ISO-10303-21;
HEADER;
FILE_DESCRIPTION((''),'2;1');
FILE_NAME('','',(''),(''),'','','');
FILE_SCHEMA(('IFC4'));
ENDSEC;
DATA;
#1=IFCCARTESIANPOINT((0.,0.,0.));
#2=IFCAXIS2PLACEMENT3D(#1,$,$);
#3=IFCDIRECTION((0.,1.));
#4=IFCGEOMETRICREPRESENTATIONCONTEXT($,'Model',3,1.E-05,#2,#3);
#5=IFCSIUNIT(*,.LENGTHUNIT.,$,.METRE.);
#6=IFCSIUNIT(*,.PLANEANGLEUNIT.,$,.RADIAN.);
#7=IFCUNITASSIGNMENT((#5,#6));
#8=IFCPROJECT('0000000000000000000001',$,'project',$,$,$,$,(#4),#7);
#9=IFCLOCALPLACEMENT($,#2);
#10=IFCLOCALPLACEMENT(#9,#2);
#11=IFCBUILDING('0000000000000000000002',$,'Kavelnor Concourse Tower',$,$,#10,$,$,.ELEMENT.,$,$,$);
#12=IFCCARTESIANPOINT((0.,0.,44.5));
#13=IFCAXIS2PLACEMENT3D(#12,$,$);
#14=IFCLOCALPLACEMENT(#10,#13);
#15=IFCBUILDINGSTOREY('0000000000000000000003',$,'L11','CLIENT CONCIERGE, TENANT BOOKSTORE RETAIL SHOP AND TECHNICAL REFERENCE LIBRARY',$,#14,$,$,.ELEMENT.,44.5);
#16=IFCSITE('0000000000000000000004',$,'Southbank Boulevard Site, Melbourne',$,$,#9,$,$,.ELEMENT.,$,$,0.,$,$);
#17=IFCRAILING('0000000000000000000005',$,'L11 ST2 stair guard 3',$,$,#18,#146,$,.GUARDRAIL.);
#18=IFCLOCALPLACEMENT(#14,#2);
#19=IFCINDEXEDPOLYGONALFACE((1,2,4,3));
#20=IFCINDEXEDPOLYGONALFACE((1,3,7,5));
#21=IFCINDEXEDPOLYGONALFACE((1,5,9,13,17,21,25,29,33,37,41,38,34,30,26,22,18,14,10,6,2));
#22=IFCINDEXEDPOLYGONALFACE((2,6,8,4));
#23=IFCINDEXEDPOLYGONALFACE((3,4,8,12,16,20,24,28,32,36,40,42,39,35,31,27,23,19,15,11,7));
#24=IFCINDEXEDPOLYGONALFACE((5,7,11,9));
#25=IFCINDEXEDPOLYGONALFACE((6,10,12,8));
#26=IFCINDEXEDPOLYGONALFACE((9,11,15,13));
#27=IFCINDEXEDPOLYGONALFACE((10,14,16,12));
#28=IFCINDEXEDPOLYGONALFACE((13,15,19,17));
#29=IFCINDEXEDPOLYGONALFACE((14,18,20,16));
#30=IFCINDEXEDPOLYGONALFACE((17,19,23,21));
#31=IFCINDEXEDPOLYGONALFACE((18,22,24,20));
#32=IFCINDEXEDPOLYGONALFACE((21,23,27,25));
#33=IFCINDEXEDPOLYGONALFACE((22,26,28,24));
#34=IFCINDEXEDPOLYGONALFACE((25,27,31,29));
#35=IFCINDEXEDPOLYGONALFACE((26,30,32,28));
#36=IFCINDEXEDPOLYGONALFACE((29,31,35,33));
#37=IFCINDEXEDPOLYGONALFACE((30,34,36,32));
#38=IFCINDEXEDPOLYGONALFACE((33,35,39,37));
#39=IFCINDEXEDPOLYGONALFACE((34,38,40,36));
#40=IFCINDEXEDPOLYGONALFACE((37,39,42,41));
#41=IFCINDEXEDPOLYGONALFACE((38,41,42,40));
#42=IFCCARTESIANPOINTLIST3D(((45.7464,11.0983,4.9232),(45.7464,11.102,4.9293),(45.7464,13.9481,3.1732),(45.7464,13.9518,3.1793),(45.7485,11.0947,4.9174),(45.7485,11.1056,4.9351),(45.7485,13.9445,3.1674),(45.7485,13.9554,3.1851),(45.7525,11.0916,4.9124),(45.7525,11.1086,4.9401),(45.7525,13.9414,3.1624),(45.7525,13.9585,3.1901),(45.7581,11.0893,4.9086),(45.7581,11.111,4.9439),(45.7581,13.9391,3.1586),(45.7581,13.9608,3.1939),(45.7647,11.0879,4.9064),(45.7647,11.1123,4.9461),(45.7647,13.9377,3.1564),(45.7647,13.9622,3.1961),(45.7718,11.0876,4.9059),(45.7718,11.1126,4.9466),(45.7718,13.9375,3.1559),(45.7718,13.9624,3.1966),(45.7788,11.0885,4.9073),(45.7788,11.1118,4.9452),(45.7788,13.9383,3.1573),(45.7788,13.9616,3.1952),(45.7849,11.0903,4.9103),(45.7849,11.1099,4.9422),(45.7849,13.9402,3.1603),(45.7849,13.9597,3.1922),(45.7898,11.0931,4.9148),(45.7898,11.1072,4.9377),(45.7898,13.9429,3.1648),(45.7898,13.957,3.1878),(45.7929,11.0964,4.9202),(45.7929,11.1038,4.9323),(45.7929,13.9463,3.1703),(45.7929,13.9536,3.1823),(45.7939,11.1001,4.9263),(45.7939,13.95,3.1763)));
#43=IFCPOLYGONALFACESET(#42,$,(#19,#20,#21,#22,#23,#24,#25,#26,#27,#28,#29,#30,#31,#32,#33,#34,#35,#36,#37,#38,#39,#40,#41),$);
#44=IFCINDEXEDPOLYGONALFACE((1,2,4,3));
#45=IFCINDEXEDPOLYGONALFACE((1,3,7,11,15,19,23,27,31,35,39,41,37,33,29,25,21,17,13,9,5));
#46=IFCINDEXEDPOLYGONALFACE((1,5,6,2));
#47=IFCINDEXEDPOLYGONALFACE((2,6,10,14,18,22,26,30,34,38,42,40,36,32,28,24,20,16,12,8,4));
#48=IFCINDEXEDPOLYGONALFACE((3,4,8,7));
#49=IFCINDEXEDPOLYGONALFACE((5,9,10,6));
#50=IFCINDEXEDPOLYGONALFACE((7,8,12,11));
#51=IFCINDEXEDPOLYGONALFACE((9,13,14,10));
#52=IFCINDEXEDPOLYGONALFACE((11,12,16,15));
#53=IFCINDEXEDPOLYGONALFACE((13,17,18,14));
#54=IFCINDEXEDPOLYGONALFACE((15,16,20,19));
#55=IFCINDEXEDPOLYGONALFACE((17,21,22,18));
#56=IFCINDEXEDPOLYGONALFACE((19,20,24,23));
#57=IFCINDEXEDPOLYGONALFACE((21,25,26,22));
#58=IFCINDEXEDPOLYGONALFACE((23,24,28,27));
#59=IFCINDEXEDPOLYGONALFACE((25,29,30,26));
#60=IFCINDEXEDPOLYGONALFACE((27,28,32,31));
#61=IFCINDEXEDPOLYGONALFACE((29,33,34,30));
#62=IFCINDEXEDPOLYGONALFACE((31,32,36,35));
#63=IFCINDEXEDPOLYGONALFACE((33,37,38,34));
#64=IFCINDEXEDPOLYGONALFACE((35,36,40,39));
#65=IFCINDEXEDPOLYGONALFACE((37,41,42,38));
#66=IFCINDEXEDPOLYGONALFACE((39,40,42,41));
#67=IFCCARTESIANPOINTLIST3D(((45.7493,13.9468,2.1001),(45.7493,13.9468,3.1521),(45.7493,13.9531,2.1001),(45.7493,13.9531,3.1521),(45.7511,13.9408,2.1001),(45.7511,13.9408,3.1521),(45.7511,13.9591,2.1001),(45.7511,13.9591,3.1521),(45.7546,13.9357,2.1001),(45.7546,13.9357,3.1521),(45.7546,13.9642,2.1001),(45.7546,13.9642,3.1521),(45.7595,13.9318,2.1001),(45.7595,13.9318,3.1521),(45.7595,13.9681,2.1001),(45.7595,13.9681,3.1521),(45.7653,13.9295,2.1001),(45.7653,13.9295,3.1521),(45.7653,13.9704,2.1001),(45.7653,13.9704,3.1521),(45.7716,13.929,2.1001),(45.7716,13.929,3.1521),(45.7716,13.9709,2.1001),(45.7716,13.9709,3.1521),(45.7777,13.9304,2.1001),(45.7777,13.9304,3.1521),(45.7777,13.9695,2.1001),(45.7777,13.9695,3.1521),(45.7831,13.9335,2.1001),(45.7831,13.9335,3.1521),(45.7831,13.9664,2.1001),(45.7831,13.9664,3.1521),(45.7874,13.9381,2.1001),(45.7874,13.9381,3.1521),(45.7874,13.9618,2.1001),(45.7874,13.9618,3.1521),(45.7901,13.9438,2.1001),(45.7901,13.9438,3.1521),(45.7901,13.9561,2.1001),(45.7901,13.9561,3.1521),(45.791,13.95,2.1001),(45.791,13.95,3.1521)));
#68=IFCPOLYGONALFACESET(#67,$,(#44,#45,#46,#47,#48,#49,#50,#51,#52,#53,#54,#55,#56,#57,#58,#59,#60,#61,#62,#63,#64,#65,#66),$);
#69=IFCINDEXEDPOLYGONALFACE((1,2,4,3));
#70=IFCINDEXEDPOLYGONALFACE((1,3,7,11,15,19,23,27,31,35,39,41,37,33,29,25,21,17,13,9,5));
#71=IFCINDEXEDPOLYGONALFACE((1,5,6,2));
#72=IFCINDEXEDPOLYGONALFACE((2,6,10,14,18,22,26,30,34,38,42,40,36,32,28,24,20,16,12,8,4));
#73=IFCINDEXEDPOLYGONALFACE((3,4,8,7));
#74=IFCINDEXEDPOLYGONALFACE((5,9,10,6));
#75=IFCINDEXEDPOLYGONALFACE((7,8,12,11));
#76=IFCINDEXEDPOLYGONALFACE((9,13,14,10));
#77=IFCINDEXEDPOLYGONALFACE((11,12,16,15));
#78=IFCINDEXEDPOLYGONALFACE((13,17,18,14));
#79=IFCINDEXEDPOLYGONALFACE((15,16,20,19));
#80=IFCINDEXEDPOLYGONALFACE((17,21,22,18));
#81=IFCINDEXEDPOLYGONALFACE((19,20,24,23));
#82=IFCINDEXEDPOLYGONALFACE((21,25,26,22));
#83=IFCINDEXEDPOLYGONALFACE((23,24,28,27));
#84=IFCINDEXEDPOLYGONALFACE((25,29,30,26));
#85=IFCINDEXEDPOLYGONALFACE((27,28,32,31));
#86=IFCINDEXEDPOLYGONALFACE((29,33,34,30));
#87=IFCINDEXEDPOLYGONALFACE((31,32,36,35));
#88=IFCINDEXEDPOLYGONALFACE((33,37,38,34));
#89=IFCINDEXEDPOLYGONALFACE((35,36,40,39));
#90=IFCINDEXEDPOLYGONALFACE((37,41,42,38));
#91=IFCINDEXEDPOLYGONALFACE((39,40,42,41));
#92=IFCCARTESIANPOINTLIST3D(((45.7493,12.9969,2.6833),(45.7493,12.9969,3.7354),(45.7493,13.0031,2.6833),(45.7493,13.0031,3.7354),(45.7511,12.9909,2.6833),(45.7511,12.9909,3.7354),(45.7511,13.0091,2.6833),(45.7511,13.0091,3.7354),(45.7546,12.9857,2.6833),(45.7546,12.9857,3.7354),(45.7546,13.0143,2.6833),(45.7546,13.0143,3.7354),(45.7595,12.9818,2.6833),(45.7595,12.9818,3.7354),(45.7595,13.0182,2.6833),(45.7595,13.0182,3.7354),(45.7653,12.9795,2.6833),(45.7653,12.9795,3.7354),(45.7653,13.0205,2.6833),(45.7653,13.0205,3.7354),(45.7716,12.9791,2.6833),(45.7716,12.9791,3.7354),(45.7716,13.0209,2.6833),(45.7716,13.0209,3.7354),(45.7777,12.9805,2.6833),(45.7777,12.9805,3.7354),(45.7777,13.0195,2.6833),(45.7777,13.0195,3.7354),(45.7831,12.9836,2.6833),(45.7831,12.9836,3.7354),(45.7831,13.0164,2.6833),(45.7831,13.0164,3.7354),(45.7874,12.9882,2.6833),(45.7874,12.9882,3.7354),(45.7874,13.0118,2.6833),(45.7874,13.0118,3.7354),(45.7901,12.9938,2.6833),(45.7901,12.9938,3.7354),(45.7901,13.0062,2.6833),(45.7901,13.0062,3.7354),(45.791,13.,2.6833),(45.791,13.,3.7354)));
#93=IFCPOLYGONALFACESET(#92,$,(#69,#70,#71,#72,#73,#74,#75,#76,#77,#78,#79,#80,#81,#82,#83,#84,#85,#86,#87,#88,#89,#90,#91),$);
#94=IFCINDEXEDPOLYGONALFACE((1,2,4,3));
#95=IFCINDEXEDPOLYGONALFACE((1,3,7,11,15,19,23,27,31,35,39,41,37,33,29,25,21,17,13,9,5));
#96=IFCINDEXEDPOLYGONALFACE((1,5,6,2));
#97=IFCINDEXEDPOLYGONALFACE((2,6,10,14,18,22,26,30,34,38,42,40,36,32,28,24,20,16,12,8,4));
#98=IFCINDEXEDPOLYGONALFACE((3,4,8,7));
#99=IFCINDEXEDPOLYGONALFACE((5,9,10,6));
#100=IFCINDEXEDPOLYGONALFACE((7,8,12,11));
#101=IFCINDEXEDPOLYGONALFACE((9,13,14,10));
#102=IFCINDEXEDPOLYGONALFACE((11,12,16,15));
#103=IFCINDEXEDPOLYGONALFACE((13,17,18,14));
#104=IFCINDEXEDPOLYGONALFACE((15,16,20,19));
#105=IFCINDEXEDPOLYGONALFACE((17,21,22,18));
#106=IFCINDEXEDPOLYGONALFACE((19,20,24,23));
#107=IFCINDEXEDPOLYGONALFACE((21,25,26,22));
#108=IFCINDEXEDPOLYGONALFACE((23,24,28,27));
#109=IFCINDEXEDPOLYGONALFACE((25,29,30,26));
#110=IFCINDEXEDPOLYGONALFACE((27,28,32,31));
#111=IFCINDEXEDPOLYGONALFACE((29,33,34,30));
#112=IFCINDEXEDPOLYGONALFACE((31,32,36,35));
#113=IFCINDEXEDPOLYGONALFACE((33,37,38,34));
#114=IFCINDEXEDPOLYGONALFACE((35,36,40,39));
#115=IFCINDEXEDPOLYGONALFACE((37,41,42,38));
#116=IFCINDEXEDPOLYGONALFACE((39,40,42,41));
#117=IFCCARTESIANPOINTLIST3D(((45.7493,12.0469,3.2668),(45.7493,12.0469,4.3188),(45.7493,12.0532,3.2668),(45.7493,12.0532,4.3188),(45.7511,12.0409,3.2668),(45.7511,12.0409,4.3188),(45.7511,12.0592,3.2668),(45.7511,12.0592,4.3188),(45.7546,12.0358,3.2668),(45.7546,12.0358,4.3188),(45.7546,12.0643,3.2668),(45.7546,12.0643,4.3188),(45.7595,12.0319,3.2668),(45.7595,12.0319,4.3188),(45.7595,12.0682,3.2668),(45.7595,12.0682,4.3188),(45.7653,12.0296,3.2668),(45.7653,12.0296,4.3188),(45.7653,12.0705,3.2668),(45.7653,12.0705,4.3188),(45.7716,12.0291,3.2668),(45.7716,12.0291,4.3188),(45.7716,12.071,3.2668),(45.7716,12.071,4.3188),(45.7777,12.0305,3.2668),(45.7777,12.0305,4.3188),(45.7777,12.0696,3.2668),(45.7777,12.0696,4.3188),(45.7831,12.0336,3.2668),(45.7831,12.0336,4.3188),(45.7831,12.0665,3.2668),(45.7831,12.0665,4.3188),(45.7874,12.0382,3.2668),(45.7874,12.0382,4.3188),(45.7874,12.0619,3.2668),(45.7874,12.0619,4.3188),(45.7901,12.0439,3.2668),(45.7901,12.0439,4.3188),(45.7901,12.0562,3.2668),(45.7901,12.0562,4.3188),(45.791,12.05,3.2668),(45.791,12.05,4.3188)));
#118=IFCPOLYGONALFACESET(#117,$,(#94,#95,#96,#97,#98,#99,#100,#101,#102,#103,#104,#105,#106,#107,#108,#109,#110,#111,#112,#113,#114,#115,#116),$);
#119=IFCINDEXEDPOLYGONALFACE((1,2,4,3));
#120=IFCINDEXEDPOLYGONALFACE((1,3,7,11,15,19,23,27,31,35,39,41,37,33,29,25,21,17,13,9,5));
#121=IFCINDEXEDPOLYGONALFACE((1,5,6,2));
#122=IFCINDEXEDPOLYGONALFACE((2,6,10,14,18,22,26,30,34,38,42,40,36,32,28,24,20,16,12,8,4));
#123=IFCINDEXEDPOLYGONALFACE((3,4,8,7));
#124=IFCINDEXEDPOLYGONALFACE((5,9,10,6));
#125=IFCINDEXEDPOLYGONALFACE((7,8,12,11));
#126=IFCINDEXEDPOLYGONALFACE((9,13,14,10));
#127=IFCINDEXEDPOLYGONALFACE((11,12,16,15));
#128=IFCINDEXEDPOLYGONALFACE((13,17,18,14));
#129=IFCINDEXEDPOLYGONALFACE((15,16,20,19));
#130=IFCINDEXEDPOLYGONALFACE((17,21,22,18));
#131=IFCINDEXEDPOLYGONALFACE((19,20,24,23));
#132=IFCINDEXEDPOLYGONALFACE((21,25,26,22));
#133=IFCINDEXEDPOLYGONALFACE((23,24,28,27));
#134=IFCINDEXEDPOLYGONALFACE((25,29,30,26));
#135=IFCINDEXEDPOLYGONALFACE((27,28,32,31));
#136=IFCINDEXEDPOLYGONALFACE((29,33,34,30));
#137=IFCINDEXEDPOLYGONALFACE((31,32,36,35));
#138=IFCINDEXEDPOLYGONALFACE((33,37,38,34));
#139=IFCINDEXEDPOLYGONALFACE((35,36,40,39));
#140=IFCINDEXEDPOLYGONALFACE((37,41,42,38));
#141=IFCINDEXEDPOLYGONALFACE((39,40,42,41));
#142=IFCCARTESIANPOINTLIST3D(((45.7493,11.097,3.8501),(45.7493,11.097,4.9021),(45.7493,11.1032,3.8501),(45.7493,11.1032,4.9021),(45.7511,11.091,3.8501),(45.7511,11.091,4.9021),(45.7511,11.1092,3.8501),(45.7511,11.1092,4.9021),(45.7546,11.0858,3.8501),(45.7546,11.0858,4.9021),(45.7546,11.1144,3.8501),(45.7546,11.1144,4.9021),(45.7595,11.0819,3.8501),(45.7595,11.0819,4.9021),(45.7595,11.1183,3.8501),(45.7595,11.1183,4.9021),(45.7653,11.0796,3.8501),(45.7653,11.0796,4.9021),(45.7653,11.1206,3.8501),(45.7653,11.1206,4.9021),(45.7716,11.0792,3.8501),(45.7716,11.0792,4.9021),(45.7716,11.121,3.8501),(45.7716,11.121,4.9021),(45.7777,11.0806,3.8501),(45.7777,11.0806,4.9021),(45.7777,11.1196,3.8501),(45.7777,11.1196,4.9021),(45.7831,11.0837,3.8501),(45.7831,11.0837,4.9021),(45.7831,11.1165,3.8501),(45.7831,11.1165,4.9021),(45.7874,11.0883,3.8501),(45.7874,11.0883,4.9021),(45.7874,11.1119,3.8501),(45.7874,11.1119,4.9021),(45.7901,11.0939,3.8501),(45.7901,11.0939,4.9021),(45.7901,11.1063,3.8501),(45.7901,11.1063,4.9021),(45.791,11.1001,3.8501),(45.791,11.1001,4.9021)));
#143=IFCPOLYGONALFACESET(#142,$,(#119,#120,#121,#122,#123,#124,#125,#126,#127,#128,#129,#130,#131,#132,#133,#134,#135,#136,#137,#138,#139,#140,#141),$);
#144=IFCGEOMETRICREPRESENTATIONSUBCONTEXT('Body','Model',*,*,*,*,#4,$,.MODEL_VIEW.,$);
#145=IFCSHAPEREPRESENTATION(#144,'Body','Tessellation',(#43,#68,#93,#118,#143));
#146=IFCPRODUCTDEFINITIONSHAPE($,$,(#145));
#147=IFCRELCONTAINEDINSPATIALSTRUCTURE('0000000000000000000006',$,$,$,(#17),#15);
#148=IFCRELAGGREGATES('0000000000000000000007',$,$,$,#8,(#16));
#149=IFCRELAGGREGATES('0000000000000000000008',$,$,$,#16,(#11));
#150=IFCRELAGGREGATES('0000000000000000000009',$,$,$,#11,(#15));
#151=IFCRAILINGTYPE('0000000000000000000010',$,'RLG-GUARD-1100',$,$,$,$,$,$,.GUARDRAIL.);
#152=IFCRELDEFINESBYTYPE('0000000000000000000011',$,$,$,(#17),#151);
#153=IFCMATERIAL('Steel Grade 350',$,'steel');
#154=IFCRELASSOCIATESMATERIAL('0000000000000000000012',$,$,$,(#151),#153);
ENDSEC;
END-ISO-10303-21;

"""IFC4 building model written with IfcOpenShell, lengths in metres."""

from ifc_helpers import new_model, si_unit, direction, frame, origin, origin_2d, place, context, subcontext, project, spatial, circle, extrude, material, type_object, element, save


model = new_model("IFC4")

# Units and contexts
model_context = context("Model", 3, precision=1e-05, world=origin(), true_north=direction((0.0, 1.0)))
body_context = subcontext(model_context, "Body", "Model", "MODEL_VIEW")
ifc_project = project(units=[si_unit("LENGTHUNIT", "METRE"), si_unit("PLANEANGLEUNIT", "RADIAN")], contexts=[model_context])

# Site, building, storey
site_placement = place(None, origin())
site = spatial("IfcSite", under=ifc_project, at=site_placement, Name="Southbank Boulevard Site, Melbourne", CompositionType="ELEMENT", RefElevation=0.0)
building_placement = place(site_placement, origin())
building = spatial("IfcBuilding", under=site, at=building_placement, Name="Kavelnor Concourse Tower", CompositionType="ELEMENT")
storey_placement = place(building_placement, frame((0.0, 0.0, 44.5)))
storey = spatial("IfcBuildingStorey", under=building, at=storey_placement, Name="L11", Description="CLIENT CONCIERGE, TENANT BOOKSTORE RETAIL SHOP AND TECHNICAL REFERENCE LIBRARY", CompositionType="ELEMENT", Elevation=44.5)

# Shared definitions
ifc_material_1 = material(Name="Steel Grade 350", Category="steel")

# Railing
railing_type_1 = type_object("IfcRailingType", Name="RLG-GUARD-1100", PredefinedType="GUARDRAIL", material=ifc_material_1)
railing_1_placement = place(storey_placement, frame((45.77, 13.95, 2.1001)))
element("IfcRailing", 1, at=railing_1_placement, inside=storey, type_object=railing_type_1, Name="L11 ST2 stair guard 3", PredefinedType="GUARDRAIL", context=body_context, shape_type="SweptSolid", body=[
    extrude(circle(Radius=0.0239, at=origin_2d()), frame((0.0, 0.0, 1.0762), z_axis=(0.0, -0.852159, 0.523283), x_axis=(1.0, 0.0, 0.0)), (0.0, 0.0, 1.0), 3.3442),
    extrude(circle(Radius=0.021, at=origin_2d()), origin(), (0.0, 0.0, 1.0), 1.052),
    extrude(circle(Radius=0.021, at=origin_2d()), frame((0.0, -0.95, 0.5833)), (0.0, 0.0, 1.0), 1.052),
    extrude(circle(Radius=0.021, at=origin_2d()), frame((0.0, -1.8999, 1.1667)), (0.0, 0.0, 1.0), 1.052),
    extrude(circle(Radius=0.021, at=origin_2d()), frame((0.0, -2.8499, 1.75)), (0.0, 0.0, 1.0), 1.052),
])

save(model, "model.ifc")
